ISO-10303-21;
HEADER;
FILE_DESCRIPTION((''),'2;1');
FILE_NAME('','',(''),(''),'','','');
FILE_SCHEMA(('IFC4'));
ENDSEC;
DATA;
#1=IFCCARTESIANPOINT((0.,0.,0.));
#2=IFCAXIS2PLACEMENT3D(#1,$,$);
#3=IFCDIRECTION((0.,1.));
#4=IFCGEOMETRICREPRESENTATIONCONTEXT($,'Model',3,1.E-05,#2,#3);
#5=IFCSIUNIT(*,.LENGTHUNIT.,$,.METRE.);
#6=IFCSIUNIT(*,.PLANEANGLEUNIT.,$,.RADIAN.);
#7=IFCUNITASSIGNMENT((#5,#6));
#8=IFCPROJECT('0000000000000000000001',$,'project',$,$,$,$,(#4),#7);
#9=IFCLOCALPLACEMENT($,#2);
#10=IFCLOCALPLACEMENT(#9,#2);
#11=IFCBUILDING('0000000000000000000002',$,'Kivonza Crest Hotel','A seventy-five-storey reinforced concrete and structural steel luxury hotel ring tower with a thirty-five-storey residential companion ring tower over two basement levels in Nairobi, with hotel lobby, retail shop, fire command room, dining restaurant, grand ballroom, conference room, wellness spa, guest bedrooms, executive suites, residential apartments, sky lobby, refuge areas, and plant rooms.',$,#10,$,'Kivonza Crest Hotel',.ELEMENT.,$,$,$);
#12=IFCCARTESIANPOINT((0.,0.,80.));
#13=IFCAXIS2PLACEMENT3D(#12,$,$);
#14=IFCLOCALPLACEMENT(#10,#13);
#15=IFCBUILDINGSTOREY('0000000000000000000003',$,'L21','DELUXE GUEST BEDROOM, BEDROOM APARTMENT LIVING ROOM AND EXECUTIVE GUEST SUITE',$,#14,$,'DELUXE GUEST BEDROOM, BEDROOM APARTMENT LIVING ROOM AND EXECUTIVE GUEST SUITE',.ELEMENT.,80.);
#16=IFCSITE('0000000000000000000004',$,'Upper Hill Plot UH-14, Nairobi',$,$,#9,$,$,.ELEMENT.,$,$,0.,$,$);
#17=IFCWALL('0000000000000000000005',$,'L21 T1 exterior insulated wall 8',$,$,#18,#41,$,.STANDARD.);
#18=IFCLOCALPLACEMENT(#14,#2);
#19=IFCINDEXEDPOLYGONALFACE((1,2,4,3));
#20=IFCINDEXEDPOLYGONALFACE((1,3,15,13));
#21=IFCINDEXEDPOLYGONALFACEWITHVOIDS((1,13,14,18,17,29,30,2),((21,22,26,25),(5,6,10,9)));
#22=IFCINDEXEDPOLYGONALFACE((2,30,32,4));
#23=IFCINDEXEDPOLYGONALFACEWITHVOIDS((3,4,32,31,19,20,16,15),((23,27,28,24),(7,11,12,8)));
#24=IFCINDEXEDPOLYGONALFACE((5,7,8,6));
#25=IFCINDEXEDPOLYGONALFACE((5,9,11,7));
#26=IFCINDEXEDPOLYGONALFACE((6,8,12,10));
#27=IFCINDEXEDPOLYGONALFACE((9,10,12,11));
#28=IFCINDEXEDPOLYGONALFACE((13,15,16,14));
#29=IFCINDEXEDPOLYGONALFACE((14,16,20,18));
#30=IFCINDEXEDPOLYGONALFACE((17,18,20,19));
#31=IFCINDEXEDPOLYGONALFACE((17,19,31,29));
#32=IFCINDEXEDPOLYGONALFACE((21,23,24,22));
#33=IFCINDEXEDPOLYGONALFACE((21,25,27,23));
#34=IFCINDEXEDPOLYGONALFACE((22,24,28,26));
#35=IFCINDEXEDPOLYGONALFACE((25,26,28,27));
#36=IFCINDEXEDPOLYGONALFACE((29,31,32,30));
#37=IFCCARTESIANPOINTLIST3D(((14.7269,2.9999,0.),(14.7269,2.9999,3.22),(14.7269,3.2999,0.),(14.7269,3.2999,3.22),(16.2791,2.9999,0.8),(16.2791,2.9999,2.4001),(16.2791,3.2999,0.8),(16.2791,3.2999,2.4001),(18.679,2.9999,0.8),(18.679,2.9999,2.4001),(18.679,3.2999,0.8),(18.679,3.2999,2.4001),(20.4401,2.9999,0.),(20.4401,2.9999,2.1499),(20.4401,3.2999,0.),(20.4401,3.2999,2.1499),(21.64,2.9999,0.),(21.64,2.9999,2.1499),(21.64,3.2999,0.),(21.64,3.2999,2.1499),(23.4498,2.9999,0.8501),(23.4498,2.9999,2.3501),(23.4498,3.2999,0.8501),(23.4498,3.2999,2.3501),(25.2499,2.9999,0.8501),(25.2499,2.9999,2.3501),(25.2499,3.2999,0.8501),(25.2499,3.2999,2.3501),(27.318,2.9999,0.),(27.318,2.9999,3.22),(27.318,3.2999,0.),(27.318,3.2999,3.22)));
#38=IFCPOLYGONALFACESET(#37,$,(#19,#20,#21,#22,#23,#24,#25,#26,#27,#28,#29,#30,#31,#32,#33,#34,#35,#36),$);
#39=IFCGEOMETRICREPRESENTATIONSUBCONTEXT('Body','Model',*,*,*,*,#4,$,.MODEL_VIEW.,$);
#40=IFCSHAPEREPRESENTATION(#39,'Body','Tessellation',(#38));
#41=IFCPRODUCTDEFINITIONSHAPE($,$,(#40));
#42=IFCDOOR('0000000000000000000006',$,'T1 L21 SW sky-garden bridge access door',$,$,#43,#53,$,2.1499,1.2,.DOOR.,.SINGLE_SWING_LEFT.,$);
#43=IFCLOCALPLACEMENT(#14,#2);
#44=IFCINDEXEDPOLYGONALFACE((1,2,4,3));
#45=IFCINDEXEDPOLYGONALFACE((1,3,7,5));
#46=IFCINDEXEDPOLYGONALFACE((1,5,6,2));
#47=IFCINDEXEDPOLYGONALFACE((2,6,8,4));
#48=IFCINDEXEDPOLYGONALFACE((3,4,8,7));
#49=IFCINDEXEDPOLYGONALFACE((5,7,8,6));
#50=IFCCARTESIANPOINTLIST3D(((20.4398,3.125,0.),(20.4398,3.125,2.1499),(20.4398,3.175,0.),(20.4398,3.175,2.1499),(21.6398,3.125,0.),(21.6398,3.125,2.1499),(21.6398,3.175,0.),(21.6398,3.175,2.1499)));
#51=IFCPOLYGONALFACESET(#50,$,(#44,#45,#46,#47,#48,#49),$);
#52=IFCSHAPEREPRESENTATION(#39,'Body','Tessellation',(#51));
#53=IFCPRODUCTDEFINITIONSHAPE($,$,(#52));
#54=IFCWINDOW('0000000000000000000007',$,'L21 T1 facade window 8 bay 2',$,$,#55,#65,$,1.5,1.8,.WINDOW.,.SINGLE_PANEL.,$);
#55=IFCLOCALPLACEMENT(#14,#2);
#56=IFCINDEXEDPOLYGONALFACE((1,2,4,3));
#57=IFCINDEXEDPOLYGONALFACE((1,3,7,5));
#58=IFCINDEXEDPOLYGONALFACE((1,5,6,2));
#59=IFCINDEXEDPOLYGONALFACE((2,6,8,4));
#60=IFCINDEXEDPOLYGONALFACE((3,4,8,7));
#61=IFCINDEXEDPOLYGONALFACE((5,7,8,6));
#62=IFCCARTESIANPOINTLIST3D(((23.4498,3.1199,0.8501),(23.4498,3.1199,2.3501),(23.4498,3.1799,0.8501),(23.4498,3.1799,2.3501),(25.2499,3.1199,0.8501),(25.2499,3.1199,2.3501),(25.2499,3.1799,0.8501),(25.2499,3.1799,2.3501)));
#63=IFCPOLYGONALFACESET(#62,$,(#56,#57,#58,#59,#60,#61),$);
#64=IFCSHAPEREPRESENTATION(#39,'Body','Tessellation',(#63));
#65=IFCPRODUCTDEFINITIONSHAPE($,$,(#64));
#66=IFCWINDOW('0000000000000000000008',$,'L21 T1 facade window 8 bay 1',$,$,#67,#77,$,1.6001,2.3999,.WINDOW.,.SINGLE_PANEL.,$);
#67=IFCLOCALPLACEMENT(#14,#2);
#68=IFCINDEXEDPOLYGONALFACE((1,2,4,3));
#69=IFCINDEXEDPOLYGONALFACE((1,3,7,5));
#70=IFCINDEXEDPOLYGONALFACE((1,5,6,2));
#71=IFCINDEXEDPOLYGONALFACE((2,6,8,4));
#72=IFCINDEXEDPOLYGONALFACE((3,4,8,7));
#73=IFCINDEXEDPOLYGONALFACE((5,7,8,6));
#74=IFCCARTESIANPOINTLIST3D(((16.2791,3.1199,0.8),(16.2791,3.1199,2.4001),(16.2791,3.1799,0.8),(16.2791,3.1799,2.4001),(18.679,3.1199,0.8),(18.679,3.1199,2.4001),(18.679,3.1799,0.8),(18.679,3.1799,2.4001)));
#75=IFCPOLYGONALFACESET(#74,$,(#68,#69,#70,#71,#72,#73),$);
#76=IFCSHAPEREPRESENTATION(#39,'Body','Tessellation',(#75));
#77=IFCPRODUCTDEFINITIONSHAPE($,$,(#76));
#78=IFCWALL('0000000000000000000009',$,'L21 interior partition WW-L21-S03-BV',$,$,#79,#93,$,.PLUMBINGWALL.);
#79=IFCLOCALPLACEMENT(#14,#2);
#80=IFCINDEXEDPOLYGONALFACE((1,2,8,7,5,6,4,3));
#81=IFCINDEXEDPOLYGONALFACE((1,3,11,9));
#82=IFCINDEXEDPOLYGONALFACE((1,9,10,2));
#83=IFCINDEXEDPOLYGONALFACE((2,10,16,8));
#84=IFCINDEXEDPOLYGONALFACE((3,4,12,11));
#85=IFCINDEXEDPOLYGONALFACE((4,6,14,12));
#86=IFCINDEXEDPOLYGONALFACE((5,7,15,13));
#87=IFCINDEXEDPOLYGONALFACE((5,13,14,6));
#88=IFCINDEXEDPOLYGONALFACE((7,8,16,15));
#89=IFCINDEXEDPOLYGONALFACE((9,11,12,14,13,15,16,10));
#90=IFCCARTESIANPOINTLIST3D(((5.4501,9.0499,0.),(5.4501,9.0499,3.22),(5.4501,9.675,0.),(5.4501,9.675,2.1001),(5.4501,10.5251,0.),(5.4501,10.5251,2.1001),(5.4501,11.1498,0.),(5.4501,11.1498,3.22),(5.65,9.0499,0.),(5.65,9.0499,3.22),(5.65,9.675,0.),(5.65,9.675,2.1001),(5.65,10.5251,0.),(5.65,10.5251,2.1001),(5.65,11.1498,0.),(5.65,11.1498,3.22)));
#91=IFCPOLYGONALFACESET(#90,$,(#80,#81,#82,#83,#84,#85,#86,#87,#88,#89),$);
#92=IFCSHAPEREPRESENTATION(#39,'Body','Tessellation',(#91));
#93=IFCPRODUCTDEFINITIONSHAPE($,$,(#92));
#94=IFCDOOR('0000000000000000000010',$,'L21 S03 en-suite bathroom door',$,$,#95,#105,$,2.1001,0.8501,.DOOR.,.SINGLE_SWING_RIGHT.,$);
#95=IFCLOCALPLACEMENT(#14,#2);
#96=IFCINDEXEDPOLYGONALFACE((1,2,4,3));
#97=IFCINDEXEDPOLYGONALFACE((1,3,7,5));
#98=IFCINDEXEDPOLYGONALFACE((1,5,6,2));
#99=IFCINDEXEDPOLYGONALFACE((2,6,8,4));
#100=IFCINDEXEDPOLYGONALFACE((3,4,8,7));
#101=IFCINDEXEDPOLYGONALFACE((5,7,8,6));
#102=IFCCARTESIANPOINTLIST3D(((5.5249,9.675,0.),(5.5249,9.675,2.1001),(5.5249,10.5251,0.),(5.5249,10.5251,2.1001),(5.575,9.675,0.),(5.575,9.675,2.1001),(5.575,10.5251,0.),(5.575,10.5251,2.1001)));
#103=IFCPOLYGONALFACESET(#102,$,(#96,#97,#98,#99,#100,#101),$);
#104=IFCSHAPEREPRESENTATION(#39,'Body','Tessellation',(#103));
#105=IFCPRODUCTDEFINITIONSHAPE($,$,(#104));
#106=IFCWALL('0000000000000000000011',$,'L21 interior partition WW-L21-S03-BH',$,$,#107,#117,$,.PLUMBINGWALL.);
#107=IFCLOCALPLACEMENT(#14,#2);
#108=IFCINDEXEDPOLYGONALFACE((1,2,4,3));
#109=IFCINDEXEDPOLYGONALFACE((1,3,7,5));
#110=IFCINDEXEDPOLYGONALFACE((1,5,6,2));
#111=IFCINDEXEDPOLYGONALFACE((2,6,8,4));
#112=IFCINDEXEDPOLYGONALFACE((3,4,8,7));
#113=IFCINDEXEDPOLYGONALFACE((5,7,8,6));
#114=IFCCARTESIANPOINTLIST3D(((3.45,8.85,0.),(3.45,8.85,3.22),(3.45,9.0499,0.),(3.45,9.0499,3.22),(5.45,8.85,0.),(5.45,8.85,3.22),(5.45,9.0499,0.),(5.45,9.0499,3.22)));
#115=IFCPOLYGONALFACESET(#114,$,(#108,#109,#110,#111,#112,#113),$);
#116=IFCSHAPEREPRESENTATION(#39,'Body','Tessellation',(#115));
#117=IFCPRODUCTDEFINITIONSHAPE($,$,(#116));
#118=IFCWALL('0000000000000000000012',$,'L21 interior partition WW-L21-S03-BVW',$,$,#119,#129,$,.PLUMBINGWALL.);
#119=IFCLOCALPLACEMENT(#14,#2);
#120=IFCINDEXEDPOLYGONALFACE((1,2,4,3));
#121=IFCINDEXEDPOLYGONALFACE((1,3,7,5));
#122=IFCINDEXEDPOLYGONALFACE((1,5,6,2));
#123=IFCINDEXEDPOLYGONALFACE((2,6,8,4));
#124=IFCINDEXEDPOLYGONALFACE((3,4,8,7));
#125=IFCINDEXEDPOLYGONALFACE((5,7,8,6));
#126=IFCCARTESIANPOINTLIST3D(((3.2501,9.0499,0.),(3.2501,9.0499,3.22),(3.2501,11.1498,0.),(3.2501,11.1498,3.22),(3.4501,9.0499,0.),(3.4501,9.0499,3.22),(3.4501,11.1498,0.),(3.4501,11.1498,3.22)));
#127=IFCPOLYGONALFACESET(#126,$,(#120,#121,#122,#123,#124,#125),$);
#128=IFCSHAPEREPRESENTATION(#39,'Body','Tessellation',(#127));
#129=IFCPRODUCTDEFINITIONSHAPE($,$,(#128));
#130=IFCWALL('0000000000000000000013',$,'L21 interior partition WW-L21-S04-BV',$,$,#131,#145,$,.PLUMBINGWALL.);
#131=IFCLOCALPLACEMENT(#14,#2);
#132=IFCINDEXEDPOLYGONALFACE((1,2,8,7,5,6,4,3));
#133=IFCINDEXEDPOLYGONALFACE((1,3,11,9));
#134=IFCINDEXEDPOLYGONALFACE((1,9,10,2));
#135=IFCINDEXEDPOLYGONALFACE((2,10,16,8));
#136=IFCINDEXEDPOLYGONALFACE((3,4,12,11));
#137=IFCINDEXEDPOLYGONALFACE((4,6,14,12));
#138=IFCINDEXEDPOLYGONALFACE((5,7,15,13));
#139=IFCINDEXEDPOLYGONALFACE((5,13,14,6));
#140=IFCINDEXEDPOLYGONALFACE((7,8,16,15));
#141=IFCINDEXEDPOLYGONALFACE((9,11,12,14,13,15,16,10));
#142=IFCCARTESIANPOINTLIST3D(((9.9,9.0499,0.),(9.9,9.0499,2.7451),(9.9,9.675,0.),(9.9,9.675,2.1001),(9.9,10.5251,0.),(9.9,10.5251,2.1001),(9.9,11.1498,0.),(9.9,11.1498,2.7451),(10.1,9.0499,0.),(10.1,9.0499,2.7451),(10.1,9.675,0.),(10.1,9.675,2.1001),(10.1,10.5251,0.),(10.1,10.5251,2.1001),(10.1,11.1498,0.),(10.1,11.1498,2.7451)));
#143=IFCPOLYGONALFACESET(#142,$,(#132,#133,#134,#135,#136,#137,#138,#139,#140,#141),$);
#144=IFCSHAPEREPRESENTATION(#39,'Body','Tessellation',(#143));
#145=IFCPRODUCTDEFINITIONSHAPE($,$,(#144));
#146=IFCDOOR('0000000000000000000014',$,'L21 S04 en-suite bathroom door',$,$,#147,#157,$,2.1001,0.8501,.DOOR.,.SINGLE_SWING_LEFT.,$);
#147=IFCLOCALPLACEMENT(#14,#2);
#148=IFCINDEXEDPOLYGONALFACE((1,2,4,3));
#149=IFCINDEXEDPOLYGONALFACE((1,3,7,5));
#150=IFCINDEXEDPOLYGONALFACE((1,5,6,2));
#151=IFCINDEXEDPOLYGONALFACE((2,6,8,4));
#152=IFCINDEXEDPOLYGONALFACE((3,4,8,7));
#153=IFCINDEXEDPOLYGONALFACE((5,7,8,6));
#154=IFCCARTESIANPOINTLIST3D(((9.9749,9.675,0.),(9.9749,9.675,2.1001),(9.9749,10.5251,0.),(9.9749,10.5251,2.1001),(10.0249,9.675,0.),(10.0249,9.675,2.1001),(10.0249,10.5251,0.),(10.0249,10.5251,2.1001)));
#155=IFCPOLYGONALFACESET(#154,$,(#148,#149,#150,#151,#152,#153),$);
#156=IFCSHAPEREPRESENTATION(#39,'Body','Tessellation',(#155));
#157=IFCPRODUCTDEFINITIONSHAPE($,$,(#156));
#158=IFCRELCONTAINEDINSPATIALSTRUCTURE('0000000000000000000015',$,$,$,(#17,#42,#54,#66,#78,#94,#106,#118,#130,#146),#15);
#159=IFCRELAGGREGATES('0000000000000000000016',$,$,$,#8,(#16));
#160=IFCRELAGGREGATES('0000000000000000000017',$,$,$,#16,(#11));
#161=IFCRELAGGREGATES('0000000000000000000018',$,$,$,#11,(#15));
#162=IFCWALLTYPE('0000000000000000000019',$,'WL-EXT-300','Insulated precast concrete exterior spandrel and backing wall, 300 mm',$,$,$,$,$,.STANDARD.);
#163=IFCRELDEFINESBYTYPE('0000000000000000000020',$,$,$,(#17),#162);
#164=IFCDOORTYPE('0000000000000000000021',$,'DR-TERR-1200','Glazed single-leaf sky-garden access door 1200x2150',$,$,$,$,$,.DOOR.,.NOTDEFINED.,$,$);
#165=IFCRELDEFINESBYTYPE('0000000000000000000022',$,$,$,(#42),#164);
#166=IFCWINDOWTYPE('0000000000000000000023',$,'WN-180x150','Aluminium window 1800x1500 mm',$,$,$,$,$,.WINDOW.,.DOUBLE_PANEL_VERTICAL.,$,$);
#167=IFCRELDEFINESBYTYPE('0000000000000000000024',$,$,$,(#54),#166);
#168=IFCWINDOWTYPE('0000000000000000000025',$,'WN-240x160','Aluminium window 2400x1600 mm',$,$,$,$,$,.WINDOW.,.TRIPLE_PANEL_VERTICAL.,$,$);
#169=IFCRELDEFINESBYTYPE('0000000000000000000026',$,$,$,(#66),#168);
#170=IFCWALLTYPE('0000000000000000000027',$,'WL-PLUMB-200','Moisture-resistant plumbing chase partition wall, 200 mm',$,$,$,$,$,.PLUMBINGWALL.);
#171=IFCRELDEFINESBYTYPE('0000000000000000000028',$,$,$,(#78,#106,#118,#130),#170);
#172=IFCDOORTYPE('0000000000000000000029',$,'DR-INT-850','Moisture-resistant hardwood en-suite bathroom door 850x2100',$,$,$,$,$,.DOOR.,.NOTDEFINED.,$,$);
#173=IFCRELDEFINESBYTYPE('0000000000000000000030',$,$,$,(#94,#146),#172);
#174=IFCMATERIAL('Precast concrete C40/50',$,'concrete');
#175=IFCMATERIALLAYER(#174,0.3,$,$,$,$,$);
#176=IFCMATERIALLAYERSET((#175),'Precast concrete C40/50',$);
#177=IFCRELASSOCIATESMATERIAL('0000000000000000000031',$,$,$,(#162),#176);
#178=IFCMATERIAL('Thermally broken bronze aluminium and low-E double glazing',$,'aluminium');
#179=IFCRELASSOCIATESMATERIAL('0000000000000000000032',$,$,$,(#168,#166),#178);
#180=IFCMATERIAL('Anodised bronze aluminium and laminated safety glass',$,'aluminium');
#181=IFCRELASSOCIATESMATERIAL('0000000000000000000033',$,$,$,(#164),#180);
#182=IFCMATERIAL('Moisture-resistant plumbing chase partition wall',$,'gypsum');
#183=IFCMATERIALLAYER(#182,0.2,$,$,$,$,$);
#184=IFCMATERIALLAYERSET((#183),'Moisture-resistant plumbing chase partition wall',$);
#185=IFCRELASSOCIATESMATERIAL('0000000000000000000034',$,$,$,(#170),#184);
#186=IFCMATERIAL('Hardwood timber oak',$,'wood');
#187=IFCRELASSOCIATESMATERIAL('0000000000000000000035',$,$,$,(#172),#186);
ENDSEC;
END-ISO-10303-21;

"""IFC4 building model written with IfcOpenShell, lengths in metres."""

from ifc_helpers import new_model, si_unit, direction, frame, frame_2d, origin, place, context, subcontext, project, spatial, rectangle, extrude, material, layer, layer_set, type_object, element, fill, save


model = new_model("IFC4")

# Units and contexts
model_context = context("Model", 3, precision=1e-05, world=origin(), true_north=direction((0.0, 1.0)))
body_context = subcontext(model_context, "Body", "Model", "MODEL_VIEW")
ifc_project = project(units=[si_unit("LENGTHUNIT", "METRE"), si_unit("PLANEANGLEUNIT", "RADIAN")], contexts=[model_context])

# Site, building, storey
site_placement = place(None, origin())
site = spatial("IfcSite", under=ifc_project, at=site_placement, Name="Upper Hill Plot UH-14, Nairobi", CompositionType="ELEMENT", RefElevation=0.0)
building_placement = place(site_placement, origin())
building = spatial("IfcBuilding", under=site, at=building_placement, Name="Kivonza Crest Hotel", Description="A seventy-five-storey reinforced concrete and structural steel luxury hotel ring tower with a thirty-five-storey residential companion ring tower over two basement levels in Nairobi, with hotel lobby, retail shop, fire command room, dining restaurant, grand ballroom, conference room, wellness spa, guest bedrooms, executive suites, residential apartments, sky lobby, refuge areas, and plant rooms.", LongName="Kivonza Crest Hotel", CompositionType="ELEMENT")
storey_placement = place(building_placement, frame((0.0, 0.0, 80.0)))
storey = spatial("IfcBuildingStorey", under=building, at=storey_placement, Name="L21", Description="DELUXE GUEST BEDROOM, BEDROOM APARTMENT LIVING ROOM AND EXECUTIVE GUEST SUITE", LongName="DELUXE GUEST BEDROOM, BEDROOM APARTMENT LIVING ROOM AND EXECUTIVE GUEST SUITE", CompositionType="ELEMENT", Elevation=80.0)

# Shared definitions
ifc_material_1 = material(Name="Hardwood timber oak", Category="wood")

# Shared definitions
ifc_material_2 = material(Name="Precast concrete C40/50", Category="concrete")
ifc_layer_1 = layer(ifc_material_2, 0.3)
ifc_layer_set_1 = layer_set([ifc_layer_1], Name="Precast concrete C40/50")
wall_type_1 = type_object("IfcWallType", Name="WL-EXT-300", Description="Insulated precast concrete exterior spandrel and backing wall, 300 mm", PredefinedType="STANDARD", material=ifc_layer_set_1)

# Shared definitions
ifc_material_3 = material(Name="Thermally broken bronze aluminium and low-E double glazing", Category="aluminium")
window_type_1 = type_object("IfcWindowType", Name="WN-240x160", Description="Aluminium window 2400x1600 mm", PartitioningType="TRIPLE_PANEL_VERTICAL", PredefinedType="WINDOW", material=ifc_material_3)

# Wall, openings, door, windows
wall_1_placement = place(storey_placement, frame((14.7271, 3.1499, 0.0), z_axis=(0.0, 0.0, 1.0), x_axis=(1.0, 0.0, 0.0)))
wall_1 = element("IfcWall", 1, at=wall_1_placement, inside=storey, type_object=wall_type_1, Name="L21 T1 exterior insulated wall 8", PredefinedType="STANDARD", context=body_context, shape_type="SweptSolid", body=[
    extrude(rectangle(XDim=12.5911, YDim=0.3, at=frame_2d((6.2954, 0.0))), origin(), (0.0, 0.0, 1.0), 3.22),
])
opening_1_placement = place(wall_1_placement, frame((5.7129, 0.0, 0.0)))
opening_1 = element("IfcOpeningElement", 2, at=opening_1_placement, cuts=wall_1, PredefinedType="OPENING", context=body_context, shape_type="SweptSolid", body=[
    extrude(rectangle(XDim=1.2, YDim=2.1499, at=frame_2d((0.6001, 1.075))), frame((0.0, 0.1602, 0.0), z_axis=(0.0, -1.0, 0.0), x_axis=(1.0, 0.0, 0.0)), (0.0, 0.0, 1.0), 0.3201),
])
opening_2_placement = place(wall_1_placement, frame((1.552, 0.0, 0.8)))
opening_2 = element("IfcOpeningElement", 3, at=opening_2_placement, cuts=wall_1, PredefinedType="OPENING", context=body_context, shape_type="SweptSolid", body=[
    extrude(rectangle(XDim=2.3999, YDim=1.6001, at=frame_2d((1.2, 0.8))), frame((0.0, 0.1602, 0.0), z_axis=(0.0, -1.0, 0.0), x_axis=(1.0, 0.0, 0.0)), (0.0, 0.0, 1.0), 0.3201),
])
opening_3_placement = place(wall_1_placement, frame((8.7229, 0.0, 0.8501)))
opening_3 = element("IfcOpeningElement", 4, at=opening_3_placement, cuts=wall_1, PredefinedType="OPENING", context=body_context, shape_type="SweptSolid", body=[
    extrude(rectangle(XDim=1.8, YDim=1.5, at=frame_2d((0.8999, 0.75))), frame((0.0, 0.1602, 0.0), z_axis=(0.0, -1.0, 0.0), x_axis=(1.0, 0.0, 0.0)), (0.0, 0.0, 1.0), 0.3201),
])
ifc_material_4 = material(Name="Anodised bronze aluminium and laminated safety glass", Category="aluminium")
door_type_1 = type_object("IfcDoorType", Name="DR-TERR-1200", Description="Glazed single-leaf sky-garden access door 1200x2150", OperationType="NOTDEFINED", PredefinedType="DOOR", material=ifc_material_4)
door_1_placement = place(opening_1_placement, frame((1.2, 0.0, 0.0), z_axis=(0.0, 0.0, 1.0), x_axis=(-1.0, 0.0, 0.0)))
door_1 = element("IfcDoor", 5, at=door_1_placement, inside=storey, type_object=door_type_1, Name="T1 L21 SW sky-garden bridge access door", OperationType="SINGLE_SWING_LEFT", OverallHeight=2.1499, OverallWidth=1.2, PredefinedType="DOOR", context=body_context, shape_type="SweptSolid", body=[
    extrude(rectangle(XDim=1.2, YDim=2.1499, at=frame_2d((0.6001, 1.075))), frame((0.0, 0.0249, 0.0), z_axis=(0.0, -1.0, 0.0), x_axis=(1.0, 0.0, 0.0)), (0.0, 0.0, 1.0), 0.05),
])
fill(opening_1, door_1)
window_type_2 = type_object("IfcWindowType", Name="WN-180x150", Description="Aluminium window 1800x1500 mm", PartitioningType="DOUBLE_PANEL_VERTICAL", PredefinedType="WINDOW", material=ifc_material_3)
window_1_placement = place(opening_3_placement, origin())
window_1 = element("IfcWindow", 6, at=window_1_placement, inside=storey, type_object=window_type_2, Name="L21 T1 facade window 8 bay 2", OverallHeight=1.5, OverallWidth=1.8, PartitioningType="SINGLE_PANEL", PredefinedType="WINDOW", context=body_context, shape_type="SweptSolid", body=[
    extrude(rectangle(XDim=1.8, YDim=1.5, at=frame_2d((0.8999, 0.75))), frame((0.0, 0.03, 0.0), z_axis=(0.0, -1.0, 0.0), x_axis=(1.0, 0.0, 0.0)), (0.0, 0.0, 1.0), 0.0601),
])
fill(opening_3, window_1)
window_2_placement = place(opening_2_placement, origin())
window_2 = element("IfcWindow", 7, at=window_2_placement, inside=storey, type_object=window_type_1, Name="L21 T1 facade window 8 bay 1", OverallHeight=1.6001, OverallWidth=2.3999, PartitioningType="SINGLE_PANEL", PredefinedType="WINDOW", context=body_context, shape_type="SweptSolid", body=[
    extrude(rectangle(XDim=2.3999, YDim=1.6001, at=frame_2d((1.2, 0.8))), frame((0.0, 0.03, 0.0), z_axis=(0.0, -1.0, 0.0), x_axis=(1.0, 0.0, 0.0)), (0.0, 0.0, 1.0), 0.0601),
])
fill(opening_2, window_2)

# Wall, opening, door
ifc_material_5 = material(Name="Moisture-resistant plumbing chase partition wall", Category="gypsum")
ifc_layer_2 = layer(ifc_material_5, 0.2)
ifc_layer_set_2 = layer_set([ifc_layer_2], Name="Moisture-resistant plumbing chase partition wall")
wall_type_2 = type_object("IfcWallType", Name="WL-PLUMB-200", Description="Moisture-resistant plumbing chase partition wall, 200 mm", PredefinedType="PLUMBINGWALL", material=ifc_layer_set_2)
wall_2_placement = place(storey_placement, frame((5.55, 9.05, 0.0), z_axis=(0.0, 0.0, 1.0), x_axis=(0.0, 1.0, 0.0)))
wall_2 = element("IfcWall", 8, at=wall_2_placement, inside=storey, type_object=wall_type_2, Name="L21 interior partition WW-L21-S03-BV", PredefinedType="PLUMBINGWALL", context=body_context, shape_type="SweptSolid", body=[
    extrude(rectangle(XDim=2.0999, YDim=0.2, at=frame_2d((1.0498, 0.0))), origin(), (0.0, 0.0, 1.0), 3.22),
])
opening_4_placement = place(wall_2_placement, frame((0.625, 0.0, 0.0)))
opening_4 = element("IfcOpeningElement", 9, at=opening_4_placement, cuts=wall_2, PredefinedType="OPENING", context=body_context, shape_type="SweptSolid", body=[
    extrude(rectangle(XDim=0.8501, YDim=2.1001, at=frame_2d((0.425, 1.05))), frame((0.0, 0.1099, 0.0), z_axis=(0.0, -1.0, 0.0), x_axis=(1.0, 0.0, 0.0)), (0.0, 0.0, 1.0), 0.22),
])
door_type_2 = type_object("IfcDoorType", Name="DR-INT-850", Description="Moisture-resistant hardwood en-suite bathroom door 850x2100", OperationType="NOTDEFINED", PredefinedType="DOOR", material=ifc_material_1)
door_2_placement = place(opening_4_placement, frame((0.8501, 0.0, 0.0), z_axis=(0.0, 0.0, 1.0), x_axis=(-1.0, 0.0, 0.0)))
door_2 = element("IfcDoor", 10, at=door_2_placement, inside=storey, type_object=door_type_2, Name="L21 S03 en-suite bathroom door", OperationType="SINGLE_SWING_RIGHT", OverallHeight=2.1001, OverallWidth=0.8501, PredefinedType="DOOR", context=body_context, shape_type="SweptSolid", body=[
    extrude(rectangle(XDim=0.8501, YDim=2.1001, at=frame_2d((0.425, 1.05))), frame((0.0, 0.0249, 0.0), z_axis=(0.0, -1.0, 0.0), x_axis=(1.0, 0.0, 0.0)), (0.0, 0.0, 1.0), 0.05),
])
fill(opening_4, door_2)

# Walls
wall_3_placement = place(storey_placement, frame((3.45, 8.95, 0.0), z_axis=(0.0, 0.0, 1.0), x_axis=(1.0, 0.0, 0.0)))
element("IfcWall", 11, at=wall_3_placement, inside=storey, type_object=wall_type_2, Name="L21 interior partition WW-L21-S03-BH", PredefinedType="PLUMBINGWALL", context=body_context, shape_type="SweptSolid", body=[
    extrude(rectangle(XDim=2.0, YDim=0.2, at=frame_2d((1.0, 0.0))), origin(), (0.0, 0.0, 1.0), 3.22),
])
wall_4_placement = place(storey_placement, frame((3.3501, 9.05, 0.0), z_axis=(0.0, 0.0, 1.0), x_axis=(0.0, 1.0, 0.0)))
element("IfcWall", 12, at=wall_4_placement, inside=storey, type_object=wall_type_2, Name="L21 interior partition WW-L21-S03-BVW", PredefinedType="PLUMBINGWALL", context=body_context, shape_type="SweptSolid", body=[
    extrude(rectangle(XDim=2.0999, YDim=0.2, at=frame_2d((1.0498, 0.0))), origin(), (0.0, 0.0, 1.0), 3.22),
])

# Wall, opening, door
wall_5_placement = place(storey_placement, frame((10.0, 9.05, 0.0), z_axis=(0.0, 0.0, 1.0), x_axis=(0.0, 1.0, 0.0)))
wall_5 = element("IfcWall", 13, at=wall_5_placement, inside=storey, type_object=wall_type_2, Name="L21 interior partition WW-L21-S04-BV", PredefinedType="PLUMBINGWALL", context=body_context, shape_type="SweptSolid", body=[
    extrude(rectangle(XDim=2.0999, YDim=0.2, at=frame_2d((1.0498, 0.0))), origin(), (0.0, 0.0, 1.0), 2.7451),
])
opening_5_placement = place(wall_5_placement, frame((0.625, 0.0, 0.0)))
opening_5 = element("IfcOpeningElement", 14, at=opening_5_placement, cuts=wall_5, PredefinedType="OPENING", context=body_context, shape_type="SweptSolid", body=[
    extrude(rectangle(XDim=0.8501, YDim=2.1001, at=frame_2d((0.425, 1.05))), frame((0.0, 0.1099, 0.0), z_axis=(0.0, -1.0, 0.0), x_axis=(1.0, 0.0, 0.0)), (0.0, 0.0, 1.0), 0.22),
])
door_3_placement = place(opening_5_placement, frame((0.8501, 0.0, 0.0), z_axis=(0.0, 0.0, 1.0), x_axis=(-1.0, 0.0, 0.0)))
door_3 = element("IfcDoor", 15, at=door_3_placement, inside=storey, type_object=door_type_2, Name="L21 S04 en-suite bathroom door", OperationType="SINGLE_SWING_LEFT", OverallHeight=2.1001, OverallWidth=0.8501, PredefinedType="DOOR", context=body_context, shape_type="SweptSolid", body=[
    extrude(rectangle(XDim=0.8501, YDim=2.1001, at=frame_2d((0.425, 1.05))), frame((0.0, 0.0249, 0.0), z_axis=(0.0, -1.0, 0.0), x_axis=(1.0, 0.0, 0.0)), (0.0, 0.0, 1.0), 0.05),
])
fill(opening_5, door_3)

save(model, "model.ifc")
